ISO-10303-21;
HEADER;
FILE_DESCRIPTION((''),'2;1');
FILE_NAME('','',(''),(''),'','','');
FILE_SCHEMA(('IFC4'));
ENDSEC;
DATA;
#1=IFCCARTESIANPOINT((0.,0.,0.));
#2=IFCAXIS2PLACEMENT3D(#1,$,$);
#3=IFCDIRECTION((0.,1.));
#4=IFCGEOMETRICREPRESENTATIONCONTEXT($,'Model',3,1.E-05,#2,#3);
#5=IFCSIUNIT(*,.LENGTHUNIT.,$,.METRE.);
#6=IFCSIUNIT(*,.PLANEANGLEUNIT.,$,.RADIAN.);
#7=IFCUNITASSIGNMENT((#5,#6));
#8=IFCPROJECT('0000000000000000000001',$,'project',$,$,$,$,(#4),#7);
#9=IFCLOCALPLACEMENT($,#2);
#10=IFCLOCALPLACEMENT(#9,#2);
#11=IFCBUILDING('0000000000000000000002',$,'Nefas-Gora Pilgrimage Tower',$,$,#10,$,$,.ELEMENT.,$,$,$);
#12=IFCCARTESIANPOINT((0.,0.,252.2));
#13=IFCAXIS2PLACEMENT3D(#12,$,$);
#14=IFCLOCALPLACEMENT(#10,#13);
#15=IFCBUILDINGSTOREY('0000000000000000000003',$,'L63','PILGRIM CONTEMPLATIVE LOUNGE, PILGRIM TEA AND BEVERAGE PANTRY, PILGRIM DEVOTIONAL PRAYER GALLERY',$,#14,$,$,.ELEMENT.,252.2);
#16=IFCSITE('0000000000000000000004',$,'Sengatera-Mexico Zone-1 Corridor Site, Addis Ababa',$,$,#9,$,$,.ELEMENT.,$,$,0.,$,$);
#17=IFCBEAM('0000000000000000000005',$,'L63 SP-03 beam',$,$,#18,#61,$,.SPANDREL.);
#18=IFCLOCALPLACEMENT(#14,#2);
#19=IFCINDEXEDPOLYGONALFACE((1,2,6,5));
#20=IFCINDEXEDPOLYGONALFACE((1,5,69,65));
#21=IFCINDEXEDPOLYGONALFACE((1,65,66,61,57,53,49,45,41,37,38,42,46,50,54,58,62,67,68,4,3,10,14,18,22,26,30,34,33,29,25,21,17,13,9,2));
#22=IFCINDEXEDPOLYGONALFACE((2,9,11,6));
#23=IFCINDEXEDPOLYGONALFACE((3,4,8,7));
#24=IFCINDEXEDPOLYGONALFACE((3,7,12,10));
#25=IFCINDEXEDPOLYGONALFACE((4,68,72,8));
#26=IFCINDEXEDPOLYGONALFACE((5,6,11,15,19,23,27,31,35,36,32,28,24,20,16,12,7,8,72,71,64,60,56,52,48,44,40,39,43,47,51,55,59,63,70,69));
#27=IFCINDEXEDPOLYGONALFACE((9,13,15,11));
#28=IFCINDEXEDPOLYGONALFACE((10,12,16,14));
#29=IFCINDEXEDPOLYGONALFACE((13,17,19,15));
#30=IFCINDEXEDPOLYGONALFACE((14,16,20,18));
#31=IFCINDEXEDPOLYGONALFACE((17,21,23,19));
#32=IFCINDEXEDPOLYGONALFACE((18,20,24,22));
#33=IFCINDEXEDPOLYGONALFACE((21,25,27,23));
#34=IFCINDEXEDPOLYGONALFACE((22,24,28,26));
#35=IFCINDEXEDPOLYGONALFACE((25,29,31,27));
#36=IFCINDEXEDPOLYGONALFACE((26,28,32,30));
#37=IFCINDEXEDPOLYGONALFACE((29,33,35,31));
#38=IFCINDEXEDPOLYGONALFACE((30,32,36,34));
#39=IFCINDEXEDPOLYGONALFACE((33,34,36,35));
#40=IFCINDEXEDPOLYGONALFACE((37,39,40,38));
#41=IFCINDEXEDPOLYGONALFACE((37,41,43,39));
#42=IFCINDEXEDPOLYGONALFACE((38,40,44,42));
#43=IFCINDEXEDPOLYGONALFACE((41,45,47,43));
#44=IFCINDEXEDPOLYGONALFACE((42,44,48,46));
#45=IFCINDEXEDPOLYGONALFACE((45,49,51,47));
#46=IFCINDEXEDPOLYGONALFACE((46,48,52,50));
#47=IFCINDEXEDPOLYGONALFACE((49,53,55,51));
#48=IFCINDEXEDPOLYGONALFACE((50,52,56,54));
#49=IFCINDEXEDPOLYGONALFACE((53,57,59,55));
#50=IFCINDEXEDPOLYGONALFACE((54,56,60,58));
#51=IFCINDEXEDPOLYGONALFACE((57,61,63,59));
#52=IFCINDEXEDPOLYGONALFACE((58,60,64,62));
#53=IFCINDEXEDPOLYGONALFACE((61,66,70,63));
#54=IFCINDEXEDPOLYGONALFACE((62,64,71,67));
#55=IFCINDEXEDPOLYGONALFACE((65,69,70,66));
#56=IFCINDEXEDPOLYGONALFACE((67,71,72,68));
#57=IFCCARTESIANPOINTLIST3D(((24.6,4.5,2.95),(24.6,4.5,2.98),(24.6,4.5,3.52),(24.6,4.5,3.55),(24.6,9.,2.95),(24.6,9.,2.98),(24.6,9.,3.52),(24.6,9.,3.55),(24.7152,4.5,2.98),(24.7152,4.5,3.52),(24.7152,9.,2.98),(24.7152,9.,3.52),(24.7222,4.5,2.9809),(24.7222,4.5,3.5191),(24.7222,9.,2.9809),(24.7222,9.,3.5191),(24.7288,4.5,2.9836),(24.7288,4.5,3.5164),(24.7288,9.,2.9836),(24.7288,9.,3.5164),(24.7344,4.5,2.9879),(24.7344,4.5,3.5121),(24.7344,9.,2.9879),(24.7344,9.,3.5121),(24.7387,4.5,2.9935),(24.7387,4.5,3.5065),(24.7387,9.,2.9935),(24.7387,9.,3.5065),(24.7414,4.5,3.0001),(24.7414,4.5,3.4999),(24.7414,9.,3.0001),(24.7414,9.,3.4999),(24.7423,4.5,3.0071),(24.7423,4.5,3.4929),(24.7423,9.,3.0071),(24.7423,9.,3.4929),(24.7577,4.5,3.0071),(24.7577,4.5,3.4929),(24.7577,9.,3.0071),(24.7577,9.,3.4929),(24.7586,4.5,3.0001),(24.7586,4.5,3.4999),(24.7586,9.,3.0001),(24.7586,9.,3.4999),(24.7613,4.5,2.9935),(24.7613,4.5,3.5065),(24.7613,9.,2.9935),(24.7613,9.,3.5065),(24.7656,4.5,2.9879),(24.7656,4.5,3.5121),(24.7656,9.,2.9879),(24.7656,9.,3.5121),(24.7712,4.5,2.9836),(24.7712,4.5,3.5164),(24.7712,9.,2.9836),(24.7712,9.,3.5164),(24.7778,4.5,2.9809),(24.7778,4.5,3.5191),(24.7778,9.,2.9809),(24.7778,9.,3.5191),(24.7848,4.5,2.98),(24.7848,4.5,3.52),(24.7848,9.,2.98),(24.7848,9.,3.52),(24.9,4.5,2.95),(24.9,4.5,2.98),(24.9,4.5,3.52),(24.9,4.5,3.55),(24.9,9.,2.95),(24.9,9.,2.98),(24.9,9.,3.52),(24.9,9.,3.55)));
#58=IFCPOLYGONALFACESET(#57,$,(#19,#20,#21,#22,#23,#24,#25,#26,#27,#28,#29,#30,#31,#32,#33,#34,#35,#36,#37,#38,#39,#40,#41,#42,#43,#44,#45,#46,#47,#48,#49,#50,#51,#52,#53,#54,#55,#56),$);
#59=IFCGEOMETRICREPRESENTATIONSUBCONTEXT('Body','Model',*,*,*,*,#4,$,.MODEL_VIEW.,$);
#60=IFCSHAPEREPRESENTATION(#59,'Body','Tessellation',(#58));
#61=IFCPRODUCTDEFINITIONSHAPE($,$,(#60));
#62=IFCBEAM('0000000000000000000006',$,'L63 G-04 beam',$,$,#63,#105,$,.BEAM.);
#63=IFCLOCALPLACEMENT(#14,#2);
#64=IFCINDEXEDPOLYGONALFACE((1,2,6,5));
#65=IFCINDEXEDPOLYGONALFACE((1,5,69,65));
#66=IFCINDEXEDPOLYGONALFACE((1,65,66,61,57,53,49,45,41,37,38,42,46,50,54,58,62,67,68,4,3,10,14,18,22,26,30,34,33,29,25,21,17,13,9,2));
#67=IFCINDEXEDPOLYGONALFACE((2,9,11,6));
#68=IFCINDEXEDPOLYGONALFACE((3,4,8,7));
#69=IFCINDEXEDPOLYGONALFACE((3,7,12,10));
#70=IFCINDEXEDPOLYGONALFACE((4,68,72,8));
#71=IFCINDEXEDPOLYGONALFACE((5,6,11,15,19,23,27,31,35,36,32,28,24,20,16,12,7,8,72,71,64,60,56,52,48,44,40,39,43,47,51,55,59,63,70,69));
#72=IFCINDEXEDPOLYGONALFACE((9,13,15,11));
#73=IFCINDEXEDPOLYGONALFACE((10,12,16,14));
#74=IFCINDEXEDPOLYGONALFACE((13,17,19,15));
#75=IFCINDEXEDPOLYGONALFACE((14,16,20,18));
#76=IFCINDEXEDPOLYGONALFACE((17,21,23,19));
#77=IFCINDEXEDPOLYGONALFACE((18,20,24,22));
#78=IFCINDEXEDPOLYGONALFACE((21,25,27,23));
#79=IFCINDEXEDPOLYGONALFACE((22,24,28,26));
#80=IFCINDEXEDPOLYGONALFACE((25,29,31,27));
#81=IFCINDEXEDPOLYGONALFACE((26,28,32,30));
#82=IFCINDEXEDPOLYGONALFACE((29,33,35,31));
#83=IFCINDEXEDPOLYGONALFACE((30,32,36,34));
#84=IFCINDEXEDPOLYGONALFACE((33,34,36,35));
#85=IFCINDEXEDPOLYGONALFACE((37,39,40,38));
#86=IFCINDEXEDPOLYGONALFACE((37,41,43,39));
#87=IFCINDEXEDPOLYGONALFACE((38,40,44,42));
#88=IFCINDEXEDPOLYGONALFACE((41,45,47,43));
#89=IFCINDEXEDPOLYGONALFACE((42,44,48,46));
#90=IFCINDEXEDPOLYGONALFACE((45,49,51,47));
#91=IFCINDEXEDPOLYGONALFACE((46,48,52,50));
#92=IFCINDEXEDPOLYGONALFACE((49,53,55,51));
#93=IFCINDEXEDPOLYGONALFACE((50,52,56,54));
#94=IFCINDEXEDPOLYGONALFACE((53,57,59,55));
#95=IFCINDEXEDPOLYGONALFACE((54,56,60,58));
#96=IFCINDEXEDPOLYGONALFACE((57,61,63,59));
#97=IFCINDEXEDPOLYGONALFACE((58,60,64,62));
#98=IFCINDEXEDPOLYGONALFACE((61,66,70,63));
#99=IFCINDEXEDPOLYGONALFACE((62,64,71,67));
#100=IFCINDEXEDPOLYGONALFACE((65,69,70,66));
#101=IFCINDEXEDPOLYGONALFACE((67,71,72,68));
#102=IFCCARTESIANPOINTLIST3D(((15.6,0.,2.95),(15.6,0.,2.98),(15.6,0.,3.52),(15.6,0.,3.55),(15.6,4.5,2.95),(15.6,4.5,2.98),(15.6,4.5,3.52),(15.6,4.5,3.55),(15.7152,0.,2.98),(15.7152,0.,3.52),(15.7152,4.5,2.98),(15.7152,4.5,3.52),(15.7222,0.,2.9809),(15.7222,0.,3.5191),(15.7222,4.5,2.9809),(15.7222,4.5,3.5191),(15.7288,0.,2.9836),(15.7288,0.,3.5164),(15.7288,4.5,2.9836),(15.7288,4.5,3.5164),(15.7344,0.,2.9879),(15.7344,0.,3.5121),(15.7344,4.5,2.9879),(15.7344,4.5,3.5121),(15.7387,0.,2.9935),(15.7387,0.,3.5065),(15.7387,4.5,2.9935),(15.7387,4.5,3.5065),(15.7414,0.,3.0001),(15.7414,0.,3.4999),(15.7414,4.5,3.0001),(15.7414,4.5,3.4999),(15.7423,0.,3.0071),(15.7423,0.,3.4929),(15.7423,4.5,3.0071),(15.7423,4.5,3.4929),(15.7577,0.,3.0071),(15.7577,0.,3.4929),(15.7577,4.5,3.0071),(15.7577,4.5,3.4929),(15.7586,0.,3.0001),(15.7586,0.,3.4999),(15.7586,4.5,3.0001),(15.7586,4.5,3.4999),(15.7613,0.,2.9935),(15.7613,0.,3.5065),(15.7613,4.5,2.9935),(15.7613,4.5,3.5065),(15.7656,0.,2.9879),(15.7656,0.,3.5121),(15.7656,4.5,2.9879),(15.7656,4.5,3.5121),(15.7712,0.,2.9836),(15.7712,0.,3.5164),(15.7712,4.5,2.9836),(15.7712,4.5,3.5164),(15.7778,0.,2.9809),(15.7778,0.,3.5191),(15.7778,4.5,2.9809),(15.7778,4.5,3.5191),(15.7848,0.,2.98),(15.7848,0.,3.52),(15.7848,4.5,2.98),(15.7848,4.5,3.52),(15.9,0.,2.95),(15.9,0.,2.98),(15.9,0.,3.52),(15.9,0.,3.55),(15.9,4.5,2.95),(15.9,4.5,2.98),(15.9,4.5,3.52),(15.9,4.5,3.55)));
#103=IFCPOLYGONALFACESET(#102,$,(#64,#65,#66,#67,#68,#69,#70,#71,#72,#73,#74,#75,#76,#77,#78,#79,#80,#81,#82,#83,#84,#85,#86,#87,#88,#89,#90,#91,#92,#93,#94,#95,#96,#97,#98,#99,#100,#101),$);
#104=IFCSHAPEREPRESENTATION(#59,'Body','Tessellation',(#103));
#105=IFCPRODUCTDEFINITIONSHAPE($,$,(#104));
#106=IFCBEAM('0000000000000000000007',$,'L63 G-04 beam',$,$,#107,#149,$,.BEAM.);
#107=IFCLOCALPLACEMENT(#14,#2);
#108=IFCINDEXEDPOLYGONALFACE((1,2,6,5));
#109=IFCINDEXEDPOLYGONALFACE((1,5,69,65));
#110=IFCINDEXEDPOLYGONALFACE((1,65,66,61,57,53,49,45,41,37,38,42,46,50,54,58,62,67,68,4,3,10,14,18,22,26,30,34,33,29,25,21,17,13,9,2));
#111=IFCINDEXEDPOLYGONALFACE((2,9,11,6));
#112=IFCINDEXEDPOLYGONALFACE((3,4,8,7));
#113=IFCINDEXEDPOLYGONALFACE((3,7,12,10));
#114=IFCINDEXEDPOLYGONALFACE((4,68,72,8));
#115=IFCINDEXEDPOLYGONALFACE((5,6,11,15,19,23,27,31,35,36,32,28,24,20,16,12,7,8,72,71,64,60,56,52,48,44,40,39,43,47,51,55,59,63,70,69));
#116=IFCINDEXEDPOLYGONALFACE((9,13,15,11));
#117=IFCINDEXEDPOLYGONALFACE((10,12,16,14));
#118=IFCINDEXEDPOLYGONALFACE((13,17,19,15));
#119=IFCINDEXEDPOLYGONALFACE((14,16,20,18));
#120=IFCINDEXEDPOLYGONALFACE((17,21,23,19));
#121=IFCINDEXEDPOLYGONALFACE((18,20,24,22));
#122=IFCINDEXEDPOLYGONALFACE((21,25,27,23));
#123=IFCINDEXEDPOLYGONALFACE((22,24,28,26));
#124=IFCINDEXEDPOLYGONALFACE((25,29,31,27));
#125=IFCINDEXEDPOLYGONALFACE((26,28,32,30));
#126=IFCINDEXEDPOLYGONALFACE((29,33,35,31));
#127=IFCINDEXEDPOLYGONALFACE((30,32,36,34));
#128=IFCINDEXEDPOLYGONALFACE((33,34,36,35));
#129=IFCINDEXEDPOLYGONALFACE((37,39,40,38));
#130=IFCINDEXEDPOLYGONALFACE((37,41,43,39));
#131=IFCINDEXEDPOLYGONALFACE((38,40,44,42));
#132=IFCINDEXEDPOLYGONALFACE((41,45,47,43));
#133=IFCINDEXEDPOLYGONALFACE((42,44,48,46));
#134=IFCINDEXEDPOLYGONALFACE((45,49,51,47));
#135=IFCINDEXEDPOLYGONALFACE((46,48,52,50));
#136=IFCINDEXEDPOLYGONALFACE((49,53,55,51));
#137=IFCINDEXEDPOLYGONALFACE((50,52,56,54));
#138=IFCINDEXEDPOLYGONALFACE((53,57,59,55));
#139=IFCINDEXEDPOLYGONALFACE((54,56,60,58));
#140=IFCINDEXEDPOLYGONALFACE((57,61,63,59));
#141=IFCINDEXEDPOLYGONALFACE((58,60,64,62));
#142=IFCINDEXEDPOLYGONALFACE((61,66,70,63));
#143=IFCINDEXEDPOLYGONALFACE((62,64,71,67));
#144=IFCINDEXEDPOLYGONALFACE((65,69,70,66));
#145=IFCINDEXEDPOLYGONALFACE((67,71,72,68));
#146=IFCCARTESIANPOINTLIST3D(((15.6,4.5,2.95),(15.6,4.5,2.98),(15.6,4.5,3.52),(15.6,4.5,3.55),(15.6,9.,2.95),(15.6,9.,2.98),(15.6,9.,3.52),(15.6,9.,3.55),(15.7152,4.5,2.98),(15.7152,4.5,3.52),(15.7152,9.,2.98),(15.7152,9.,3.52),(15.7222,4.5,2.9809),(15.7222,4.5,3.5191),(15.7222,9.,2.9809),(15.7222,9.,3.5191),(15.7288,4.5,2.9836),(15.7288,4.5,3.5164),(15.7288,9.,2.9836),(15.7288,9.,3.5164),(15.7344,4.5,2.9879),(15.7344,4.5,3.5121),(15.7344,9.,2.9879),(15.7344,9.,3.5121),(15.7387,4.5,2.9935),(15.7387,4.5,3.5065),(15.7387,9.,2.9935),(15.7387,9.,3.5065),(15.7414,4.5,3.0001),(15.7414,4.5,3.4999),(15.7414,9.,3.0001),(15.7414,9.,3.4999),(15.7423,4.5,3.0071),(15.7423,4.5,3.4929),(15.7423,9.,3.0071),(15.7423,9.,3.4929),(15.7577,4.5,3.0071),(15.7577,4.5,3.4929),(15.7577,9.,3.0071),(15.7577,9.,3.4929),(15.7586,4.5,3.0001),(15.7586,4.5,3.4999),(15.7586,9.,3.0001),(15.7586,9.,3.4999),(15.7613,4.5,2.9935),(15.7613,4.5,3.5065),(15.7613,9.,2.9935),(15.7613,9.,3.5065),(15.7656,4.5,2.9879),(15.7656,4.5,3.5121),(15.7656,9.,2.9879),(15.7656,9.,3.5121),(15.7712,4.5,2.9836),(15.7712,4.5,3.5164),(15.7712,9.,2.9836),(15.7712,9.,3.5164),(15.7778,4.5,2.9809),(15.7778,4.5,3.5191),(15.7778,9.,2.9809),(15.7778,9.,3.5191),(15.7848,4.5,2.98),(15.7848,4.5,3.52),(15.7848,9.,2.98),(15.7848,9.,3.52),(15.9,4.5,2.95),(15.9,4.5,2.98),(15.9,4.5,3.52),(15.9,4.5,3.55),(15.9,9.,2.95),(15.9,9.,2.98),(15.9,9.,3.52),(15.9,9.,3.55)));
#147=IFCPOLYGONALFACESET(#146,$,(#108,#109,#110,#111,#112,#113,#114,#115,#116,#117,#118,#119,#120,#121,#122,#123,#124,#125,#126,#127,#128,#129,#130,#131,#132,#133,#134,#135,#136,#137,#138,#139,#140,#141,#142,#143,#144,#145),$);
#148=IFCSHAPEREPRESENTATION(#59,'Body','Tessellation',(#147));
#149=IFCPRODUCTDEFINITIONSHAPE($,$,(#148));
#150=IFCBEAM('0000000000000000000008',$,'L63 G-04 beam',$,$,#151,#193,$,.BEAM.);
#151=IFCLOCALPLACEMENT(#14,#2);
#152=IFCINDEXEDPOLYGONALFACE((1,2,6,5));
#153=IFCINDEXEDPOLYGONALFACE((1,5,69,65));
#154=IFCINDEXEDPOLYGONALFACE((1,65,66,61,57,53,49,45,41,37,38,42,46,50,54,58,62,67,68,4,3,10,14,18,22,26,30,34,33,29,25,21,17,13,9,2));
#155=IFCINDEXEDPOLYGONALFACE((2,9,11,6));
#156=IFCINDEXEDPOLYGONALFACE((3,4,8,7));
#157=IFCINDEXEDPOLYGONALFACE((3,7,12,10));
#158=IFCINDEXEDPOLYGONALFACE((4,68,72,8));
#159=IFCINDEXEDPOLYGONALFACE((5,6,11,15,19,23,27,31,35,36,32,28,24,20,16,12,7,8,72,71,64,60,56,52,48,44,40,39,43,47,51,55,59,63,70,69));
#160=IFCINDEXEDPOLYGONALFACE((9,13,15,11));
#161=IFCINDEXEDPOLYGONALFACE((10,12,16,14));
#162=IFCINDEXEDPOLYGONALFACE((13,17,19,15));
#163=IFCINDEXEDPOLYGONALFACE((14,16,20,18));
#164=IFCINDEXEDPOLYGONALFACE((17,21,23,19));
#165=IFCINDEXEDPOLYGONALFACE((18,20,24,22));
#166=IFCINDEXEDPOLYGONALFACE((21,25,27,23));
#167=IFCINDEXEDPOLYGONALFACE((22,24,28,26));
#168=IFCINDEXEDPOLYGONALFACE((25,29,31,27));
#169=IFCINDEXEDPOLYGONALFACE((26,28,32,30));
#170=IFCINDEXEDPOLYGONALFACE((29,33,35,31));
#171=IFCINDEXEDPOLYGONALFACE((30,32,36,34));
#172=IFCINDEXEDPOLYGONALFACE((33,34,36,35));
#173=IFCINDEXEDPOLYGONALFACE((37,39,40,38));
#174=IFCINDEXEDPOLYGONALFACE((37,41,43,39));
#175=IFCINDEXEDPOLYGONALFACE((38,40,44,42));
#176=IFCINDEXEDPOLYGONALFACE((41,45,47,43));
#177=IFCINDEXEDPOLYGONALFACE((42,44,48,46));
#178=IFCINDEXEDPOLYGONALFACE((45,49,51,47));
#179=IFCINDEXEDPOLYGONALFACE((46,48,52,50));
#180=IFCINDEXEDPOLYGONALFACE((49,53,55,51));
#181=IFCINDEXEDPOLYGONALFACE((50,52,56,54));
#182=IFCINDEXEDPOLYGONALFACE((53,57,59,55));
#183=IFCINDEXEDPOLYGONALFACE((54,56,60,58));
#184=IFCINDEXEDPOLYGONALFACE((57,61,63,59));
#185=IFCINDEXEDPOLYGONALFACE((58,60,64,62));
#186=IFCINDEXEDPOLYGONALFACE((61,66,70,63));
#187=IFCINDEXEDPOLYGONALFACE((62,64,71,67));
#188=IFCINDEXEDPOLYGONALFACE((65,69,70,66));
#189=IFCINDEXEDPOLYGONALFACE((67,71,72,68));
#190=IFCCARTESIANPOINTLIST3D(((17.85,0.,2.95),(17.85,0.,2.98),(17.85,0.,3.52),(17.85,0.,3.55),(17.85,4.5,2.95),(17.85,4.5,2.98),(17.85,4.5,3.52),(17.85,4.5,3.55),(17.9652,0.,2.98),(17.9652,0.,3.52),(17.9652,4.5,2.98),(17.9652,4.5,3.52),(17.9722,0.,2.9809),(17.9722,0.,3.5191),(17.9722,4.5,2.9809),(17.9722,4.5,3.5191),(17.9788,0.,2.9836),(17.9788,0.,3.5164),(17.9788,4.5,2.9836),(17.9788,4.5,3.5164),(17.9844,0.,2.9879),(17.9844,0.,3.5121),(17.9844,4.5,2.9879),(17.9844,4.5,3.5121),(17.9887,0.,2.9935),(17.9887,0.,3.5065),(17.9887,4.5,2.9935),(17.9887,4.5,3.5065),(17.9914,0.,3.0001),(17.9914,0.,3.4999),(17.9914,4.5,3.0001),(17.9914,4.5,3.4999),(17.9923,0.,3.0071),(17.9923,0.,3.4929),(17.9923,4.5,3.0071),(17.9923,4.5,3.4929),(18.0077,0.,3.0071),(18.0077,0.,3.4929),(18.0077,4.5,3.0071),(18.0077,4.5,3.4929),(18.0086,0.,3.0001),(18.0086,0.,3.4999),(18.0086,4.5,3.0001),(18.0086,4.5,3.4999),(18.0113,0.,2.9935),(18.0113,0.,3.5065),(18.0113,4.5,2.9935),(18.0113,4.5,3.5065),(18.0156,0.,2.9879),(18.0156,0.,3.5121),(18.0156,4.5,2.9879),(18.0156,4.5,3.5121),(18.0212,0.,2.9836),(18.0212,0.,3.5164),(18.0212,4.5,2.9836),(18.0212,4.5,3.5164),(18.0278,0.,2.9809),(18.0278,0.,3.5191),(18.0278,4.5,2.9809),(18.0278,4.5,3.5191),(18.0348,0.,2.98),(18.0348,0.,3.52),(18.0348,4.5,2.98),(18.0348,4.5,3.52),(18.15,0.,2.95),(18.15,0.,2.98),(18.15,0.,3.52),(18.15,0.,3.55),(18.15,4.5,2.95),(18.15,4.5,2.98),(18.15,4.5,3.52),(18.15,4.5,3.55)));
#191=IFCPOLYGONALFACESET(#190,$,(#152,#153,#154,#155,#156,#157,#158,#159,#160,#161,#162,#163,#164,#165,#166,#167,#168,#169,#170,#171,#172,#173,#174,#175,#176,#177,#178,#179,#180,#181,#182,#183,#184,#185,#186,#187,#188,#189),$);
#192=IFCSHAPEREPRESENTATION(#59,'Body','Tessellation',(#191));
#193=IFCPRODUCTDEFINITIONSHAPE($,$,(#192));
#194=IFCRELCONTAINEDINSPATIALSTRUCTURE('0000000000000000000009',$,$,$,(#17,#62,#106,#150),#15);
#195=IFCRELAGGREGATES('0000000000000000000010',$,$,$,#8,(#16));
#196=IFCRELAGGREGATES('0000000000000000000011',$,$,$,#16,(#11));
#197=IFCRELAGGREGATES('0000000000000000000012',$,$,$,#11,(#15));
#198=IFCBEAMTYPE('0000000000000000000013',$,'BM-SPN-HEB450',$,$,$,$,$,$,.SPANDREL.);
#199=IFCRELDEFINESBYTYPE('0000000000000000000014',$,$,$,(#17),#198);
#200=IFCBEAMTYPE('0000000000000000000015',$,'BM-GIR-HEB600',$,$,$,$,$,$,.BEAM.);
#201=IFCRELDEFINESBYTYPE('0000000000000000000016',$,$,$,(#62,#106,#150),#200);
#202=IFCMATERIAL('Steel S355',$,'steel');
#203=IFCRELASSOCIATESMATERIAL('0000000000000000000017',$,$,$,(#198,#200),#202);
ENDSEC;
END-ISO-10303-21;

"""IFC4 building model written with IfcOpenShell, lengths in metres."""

from ifc_helpers import new_model, si_unit, direction, frame, origin, origin_2d, place, context, subcontext, project, spatial, i_section, extrude, source, transform, mapped, material, material_profile, profile_set, type_object, element, save


model = new_model("IFC4")

# Units and contexts
model_context = context("Model", 3, precision=1e-05, world=origin(), true_north=direction((0.0, 1.0)))
body_context = subcontext(model_context, "Body", "Model", "MODEL_VIEW")
ifc_project = project(units=[si_unit("LENGTHUNIT", "METRE"), si_unit("PLANEANGLEUNIT", "RADIAN")], contexts=[model_context])

# Site, building, storey
site_placement = place(None, origin())
site = spatial("IfcSite", under=ifc_project, at=site_placement, Name="Sengatera-Mexico Zone-1 Corridor Site, Addis Ababa", CompositionType="ELEMENT", RefElevation=0.0)
building_placement = place(site_placement, origin())
building = spatial("IfcBuilding", under=site, at=building_placement, Name="Nefas-Gora Pilgrimage Tower", CompositionType="ELEMENT")
storey_placement = place(building_placement, frame((0.0, 0.0, 252.2)))
storey = spatial("IfcBuildingStorey", under=building, at=storey_placement, Name="L63", Description="PILGRIM CONTEMPLATIVE LOUNGE, PILGRIM TEA AND BEVERAGE PANTRY, PILGRIM DEVOTIONAL PRAYER GALLERY", CompositionType="ELEMENT", Elevation=252.2)

# Beams
ifc_material_1 = material(Name="Steel S355", Category="steel")
ifc_material_profile_1 = material_profile(ifc_material_1, i_section(OverallWidth=0.3, OverallDepth=0.6001, WebThickness=0.0154, FlangeThickness=0.03, FilletRadius=0.0271, at=origin_2d()), Name="HEB 600")
ifc_profile_set_1 = profile_set([ifc_material_profile_1], Name="Steel S355")
beam_type_1 = type_object("IfcBeamType", Name="BM-SPN-HEB450", PredefinedType="SPANDREL", material=ifc_profile_set_1)
shared_shape_1 = source(origin(), body_context, "Body", "SweptSolid", [
    extrude(i_section(OverallWidth=0.3, OverallDepth=0.6001, WebThickness=0.0154, FlangeThickness=0.03, FilletRadius=0.0271, at=origin_2d()), origin(), (0.0, 0.0, 1.0), 4.5),
])
for number, where, z_axis, x_axis, name in (
    (1, (24.75, 4.5, 3.25), (0.0, 1.0, 0.0), (-1.0, 0.0, 0.0), "L63 SP-03 beam"),
):
    element("IfcBeam", number, at=place(storey_placement, frame(where, z_axis=z_axis, x_axis=x_axis)), inside=storey, type_object=beam_type_1, Name=name, PredefinedType="SPANDREL", context=body_context, shape_type="MappedRepresentation", body=[
        mapped(shared_shape_1, transform((0.0, 0.0, 0.0), x_axis=(1.0, 0.0, 0.0), y_axis=(0.0, 1.0, 0.0), z_axis=(0.0, 0.0, 1.0), scale=1.0)),
    ])
ifc_material_profile_2 = material_profile(ifc_material_1, i_section(OverallWidth=0.3, OverallDepth=0.6001, WebThickness=0.0154, FlangeThickness=0.03, FilletRadius=0.0271, at=origin_2d()), Name="HEB 600")
ifc_profile_set_2 = profile_set([ifc_material_profile_2], Name="Steel S355")
beam_type_2 = type_object("IfcBeamType", Name="BM-GIR-HEB600", PredefinedType="BEAM", material=ifc_profile_set_2)
shared_shape_2 = source(origin(), body_context, "Body", "SweptSolid", [
    extrude(i_section(OverallWidth=0.3, OverallDepth=0.6001, WebThickness=0.0154, FlangeThickness=0.03, FilletRadius=0.0271, at=origin_2d()), origin(), (0.0, 0.0, 1.0), 4.5),
])
for number, where, z_axis, x_axis, name in (
    (2, (15.75, 0.0, 3.25), (0.0, 1.0, 0.0), (-1.0, 0.0, 0.0), "L63 G-04 beam"),
    (3, (15.75, 4.5, 3.25), (0.0, 1.0, 0.0), (-1.0, 0.0, 0.0), "L63 G-04 beam"),
    (4, (18.0, 0.0, 3.25), (0.0, 1.0, 0.0), (-1.0, 0.0, 0.0), "L63 G-04 beam"),
):
    element("IfcBeam", number, at=place(storey_placement, frame(where, z_axis=z_axis, x_axis=x_axis)), inside=storey, type_object=beam_type_2, Name=name, PredefinedType="BEAM", context=body_context, shape_type="MappedRepresentation", body=[
        mapped(shared_shape_2, transform((0.0, 0.0, 0.0), x_axis=(1.0, 0.0, 0.0), y_axis=(0.0, 1.0, 0.0), z_axis=(0.0, 0.0, 1.0), scale=1.0)),
    ])

save(model, "model.ifc")
